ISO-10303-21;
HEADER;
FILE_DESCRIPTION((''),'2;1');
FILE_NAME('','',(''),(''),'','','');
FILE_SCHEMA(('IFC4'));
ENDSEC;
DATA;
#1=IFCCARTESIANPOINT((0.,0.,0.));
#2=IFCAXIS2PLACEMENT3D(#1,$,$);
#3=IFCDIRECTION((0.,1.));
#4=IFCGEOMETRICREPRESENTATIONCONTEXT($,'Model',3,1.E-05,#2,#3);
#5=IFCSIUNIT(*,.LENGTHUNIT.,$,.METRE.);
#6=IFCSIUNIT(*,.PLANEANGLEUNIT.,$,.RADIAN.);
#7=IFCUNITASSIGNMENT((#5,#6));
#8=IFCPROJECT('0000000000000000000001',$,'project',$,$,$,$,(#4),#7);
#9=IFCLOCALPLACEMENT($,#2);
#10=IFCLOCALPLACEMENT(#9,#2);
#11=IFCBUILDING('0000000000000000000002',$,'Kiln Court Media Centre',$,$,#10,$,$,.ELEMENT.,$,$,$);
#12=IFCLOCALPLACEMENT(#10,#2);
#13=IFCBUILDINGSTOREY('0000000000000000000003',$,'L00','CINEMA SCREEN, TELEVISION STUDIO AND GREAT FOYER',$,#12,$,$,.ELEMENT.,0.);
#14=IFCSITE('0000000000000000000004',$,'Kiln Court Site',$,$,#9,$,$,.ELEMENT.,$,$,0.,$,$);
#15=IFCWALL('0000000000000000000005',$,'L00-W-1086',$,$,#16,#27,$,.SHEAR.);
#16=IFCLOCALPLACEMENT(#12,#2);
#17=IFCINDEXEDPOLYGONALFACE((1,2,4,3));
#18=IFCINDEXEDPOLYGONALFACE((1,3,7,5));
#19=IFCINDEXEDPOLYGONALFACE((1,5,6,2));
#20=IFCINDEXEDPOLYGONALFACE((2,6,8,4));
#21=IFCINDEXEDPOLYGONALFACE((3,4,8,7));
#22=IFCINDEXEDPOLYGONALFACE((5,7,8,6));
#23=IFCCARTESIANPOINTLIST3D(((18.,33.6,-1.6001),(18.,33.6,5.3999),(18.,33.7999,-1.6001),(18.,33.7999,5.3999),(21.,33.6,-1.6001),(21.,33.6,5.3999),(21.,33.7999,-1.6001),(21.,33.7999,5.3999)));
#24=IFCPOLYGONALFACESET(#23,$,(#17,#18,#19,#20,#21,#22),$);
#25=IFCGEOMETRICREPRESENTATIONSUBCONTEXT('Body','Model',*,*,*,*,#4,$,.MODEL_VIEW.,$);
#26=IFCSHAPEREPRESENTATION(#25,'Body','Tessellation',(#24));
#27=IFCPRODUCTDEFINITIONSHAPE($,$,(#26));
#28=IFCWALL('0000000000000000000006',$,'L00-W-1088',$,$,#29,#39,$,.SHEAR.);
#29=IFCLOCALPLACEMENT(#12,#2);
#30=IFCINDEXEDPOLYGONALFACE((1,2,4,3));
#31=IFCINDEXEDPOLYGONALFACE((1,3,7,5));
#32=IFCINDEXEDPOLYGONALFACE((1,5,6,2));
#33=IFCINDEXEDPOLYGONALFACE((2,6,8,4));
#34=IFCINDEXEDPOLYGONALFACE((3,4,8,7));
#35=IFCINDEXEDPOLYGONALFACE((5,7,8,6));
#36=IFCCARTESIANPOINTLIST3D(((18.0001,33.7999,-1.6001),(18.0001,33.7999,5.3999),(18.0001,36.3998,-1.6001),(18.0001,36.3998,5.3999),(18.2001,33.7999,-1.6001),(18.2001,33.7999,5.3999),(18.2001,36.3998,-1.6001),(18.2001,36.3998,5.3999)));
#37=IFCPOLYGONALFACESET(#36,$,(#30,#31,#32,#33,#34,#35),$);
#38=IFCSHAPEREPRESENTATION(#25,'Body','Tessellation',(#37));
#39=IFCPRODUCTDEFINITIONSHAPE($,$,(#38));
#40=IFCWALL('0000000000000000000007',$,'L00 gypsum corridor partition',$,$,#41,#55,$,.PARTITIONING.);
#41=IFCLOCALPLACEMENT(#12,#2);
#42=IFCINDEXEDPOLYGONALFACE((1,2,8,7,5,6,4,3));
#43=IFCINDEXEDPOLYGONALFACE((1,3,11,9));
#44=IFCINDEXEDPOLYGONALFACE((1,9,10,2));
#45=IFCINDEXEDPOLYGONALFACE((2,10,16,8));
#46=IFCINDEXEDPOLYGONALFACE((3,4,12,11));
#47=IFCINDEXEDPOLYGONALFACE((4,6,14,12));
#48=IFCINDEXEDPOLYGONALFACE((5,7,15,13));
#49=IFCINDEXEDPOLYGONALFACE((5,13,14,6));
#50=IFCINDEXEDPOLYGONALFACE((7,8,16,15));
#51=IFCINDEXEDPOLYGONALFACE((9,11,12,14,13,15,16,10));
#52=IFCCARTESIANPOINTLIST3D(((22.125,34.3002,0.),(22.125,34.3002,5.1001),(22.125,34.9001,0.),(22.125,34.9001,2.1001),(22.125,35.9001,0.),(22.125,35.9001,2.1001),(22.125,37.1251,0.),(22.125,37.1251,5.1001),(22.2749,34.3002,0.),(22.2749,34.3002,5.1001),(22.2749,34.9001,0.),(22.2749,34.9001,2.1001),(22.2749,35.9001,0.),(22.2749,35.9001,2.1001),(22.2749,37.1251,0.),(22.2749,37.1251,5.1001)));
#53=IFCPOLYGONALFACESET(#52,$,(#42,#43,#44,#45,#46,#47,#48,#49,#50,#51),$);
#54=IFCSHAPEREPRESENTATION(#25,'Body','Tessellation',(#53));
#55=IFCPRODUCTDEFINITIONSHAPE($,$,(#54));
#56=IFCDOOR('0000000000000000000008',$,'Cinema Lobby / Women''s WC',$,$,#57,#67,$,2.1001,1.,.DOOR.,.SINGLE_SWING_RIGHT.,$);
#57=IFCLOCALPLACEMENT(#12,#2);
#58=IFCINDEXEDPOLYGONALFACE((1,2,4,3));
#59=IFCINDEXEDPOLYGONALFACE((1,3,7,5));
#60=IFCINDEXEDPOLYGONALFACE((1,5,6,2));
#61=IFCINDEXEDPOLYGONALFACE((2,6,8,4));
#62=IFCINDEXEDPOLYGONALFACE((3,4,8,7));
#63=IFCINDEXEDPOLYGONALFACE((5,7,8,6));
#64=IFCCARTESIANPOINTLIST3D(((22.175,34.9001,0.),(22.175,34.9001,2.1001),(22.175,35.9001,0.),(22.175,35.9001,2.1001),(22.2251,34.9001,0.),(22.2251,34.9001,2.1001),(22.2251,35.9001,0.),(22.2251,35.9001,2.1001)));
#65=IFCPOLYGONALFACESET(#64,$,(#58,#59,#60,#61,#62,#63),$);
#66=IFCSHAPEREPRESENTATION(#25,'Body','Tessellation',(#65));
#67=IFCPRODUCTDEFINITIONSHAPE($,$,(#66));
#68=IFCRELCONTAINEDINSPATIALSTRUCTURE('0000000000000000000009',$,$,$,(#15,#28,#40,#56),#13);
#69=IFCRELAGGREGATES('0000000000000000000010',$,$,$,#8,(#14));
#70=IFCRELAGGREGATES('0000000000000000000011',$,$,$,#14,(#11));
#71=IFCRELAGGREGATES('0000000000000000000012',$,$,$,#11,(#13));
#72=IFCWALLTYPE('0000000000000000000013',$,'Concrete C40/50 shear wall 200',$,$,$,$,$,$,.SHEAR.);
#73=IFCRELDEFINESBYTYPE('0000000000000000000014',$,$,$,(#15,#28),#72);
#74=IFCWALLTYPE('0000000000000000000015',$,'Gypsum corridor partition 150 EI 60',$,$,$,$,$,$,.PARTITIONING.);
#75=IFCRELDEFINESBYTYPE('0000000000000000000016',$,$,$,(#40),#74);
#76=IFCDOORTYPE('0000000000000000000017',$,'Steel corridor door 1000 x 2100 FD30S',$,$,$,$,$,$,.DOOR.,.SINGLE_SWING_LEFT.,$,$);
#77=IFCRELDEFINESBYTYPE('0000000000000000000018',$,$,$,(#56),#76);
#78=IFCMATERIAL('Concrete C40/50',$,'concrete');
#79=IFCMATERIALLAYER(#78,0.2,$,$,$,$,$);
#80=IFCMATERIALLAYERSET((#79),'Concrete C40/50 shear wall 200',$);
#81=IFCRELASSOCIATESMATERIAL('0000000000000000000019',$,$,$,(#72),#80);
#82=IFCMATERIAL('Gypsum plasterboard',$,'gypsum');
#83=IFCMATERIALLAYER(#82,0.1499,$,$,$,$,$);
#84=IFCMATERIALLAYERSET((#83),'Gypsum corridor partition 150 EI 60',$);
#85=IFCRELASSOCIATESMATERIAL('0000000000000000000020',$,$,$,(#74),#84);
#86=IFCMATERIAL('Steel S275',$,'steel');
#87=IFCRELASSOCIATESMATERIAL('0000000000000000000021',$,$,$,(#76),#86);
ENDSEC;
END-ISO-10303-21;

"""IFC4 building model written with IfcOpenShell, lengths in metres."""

from ifc_helpers import new_model, si_unit, direction, frame, frame_2d, origin, place, context, subcontext, project, spatial, rectangle, extrude, material, layer, layer_set, type_object, element, fill, save


model = new_model("IFC4")

# Units and contexts
model_context = context("Model", 3, precision=1e-05, world=origin(), true_north=direction((0.0, 1.0)))
body_context = subcontext(model_context, "Body", "Model", "MODEL_VIEW")
ifc_project = project(units=[si_unit("LENGTHUNIT", "METRE"), si_unit("PLANEANGLEUNIT", "RADIAN")], contexts=[model_context])

# Site, building, storey
site_placement = place(None, origin())
site = spatial("IfcSite", under=ifc_project, at=site_placement, Name="Kiln Court Site", CompositionType="ELEMENT", RefElevation=0.0)
building_placement = place(site_placement, origin())
building = spatial("IfcBuilding", under=site, at=building_placement, Name="Kiln Court Media Centre", CompositionType="ELEMENT")
storey_placement = place(building_placement, origin())
storey = spatial("IfcBuildingStorey", under=building, at=storey_placement, Name="L00", Description="CINEMA SCREEN, TELEVISION STUDIO AND GREAT FOYER", CompositionType="ELEMENT", Elevation=0.0)

# Walls
ifc_material_1 = material(Name="Concrete C40/50", Category="concrete")
ifc_layer_1 = layer(ifc_material_1, 0.2)
ifc_layer_set_1 = layer_set([ifc_layer_1], Name="Concrete C40/50 shear wall 200")
wall_type_1 = type_object("IfcWallType", Name="Concrete C40/50 shear wall 200", PredefinedType="SHEAR", material=ifc_layer_set_1)
wall_1_placement = place(storey_placement, frame((21.0, 33.7, -1.6001), z_axis=(0.0, 0.0, 1.0), x_axis=(-1.0, 0.0, 0.0)))
element("IfcWall", 1, at=wall_1_placement, inside=storey, type_object=wall_type_1, Name="L00-W-1086", PredefinedType="SHEAR", context=body_context, shape_type="SweptSolid", body=[
    extrude(rectangle(XDim=3.0, YDim=0.2, at=frame_2d((1.5, 0.0))), origin(), (0.0, 0.0, 1.0), 7.0),
])
wall_2_placement = place(storey_placement, frame((18.1001, 33.8, -1.6001), z_axis=(0.0, 0.0, 1.0), x_axis=(0.0, 1.0, 0.0)))
element("IfcWall", 2, at=wall_2_placement, inside=storey, type_object=wall_type_1, Name="L00-W-1088", PredefinedType="SHEAR", context=body_context, shape_type="SweptSolid", body=[
    extrude(rectangle(XDim=2.5999, YDim=0.2, at=frame_2d((1.2998, 0.0))), origin(), (0.0, 0.0, 1.0), 7.0),
])

# Wall, opening, door
ifc_material_2 = material(Name="Gypsum plasterboard", Category="gypsum")
ifc_layer_2 = layer(ifc_material_2, 0.1499)
ifc_layer_set_2 = layer_set([ifc_layer_2], Name="Gypsum corridor partition 150 EI 60")
wall_type_2 = type_object("IfcWallType", Name="Gypsum corridor partition 150 EI 60", PredefinedType="PARTITIONING", material=ifc_layer_set_2)
wall_3_placement = place(storey_placement, frame((22.2, 34.3, 0.0), z_axis=(0.0, 0.0, 1.0), x_axis=(0.0, 1.0, 0.0)))
wall_3 = element("IfcWall", 3, at=wall_3_placement, inside=storey, type_object=wall_type_2, Name="L00 gypsum corridor partition", PredefinedType="PARTITIONING", context=body_context, shape_type="SweptSolid", body=[
    extrude(rectangle(XDim=2.825, YDim=0.1499, at=frame_2d((1.4126, 0.0))), origin(), (0.0, 0.0, 1.0), 5.1001),
])
opening_placement = place(wall_3_placement, frame((0.6001, 0.0, 0.0)))
opening = element("IfcOpeningElement", 4, at=opening_placement, cuts=wall_3, PredefinedType="OPENING", context=body_context, shape_type="SweptSolid", body=[
    extrude(rectangle(XDim=1.0, YDim=2.1001, at=frame_2d((0.5, 1.05))), frame((0.0, 0.085, 0.0), z_axis=(0.0, -1.0, 0.0), x_axis=(1.0, 0.0, 0.0)), (0.0, 0.0, 1.0), 0.1699),
])
ifc_material_3 = material(Name="Steel S275", Category="steel")
door_type = type_object("IfcDoorType", Name="Steel corridor door 1000 x 2100 FD30S", OperationType="SINGLE_SWING_LEFT", PredefinedType="DOOR", material=ifc_material_3)
door_placement = place(opening_placement, origin())
door = element("IfcDoor", 5, at=door_placement, inside=storey, type_object=door_type, Name="Cinema Lobby / Women's WC", OperationType="SINGLE_SWING_RIGHT", OverallHeight=2.1001, OverallWidth=1.0, PredefinedType="DOOR", context=body_context, shape_type="SweptSolid", body=[
    extrude(rectangle(XDim=1.0, YDim=2.1001, at=frame_2d((0.5, 1.05))), frame((0.0, 0.0249, 0.0), z_axis=(0.0, -1.0, 0.0), x_axis=(1.0, 0.0, 0.0)), (0.0, 0.0, 1.0), 0.05),
])
fill(opening, door)

save(model, "model.ifc")
